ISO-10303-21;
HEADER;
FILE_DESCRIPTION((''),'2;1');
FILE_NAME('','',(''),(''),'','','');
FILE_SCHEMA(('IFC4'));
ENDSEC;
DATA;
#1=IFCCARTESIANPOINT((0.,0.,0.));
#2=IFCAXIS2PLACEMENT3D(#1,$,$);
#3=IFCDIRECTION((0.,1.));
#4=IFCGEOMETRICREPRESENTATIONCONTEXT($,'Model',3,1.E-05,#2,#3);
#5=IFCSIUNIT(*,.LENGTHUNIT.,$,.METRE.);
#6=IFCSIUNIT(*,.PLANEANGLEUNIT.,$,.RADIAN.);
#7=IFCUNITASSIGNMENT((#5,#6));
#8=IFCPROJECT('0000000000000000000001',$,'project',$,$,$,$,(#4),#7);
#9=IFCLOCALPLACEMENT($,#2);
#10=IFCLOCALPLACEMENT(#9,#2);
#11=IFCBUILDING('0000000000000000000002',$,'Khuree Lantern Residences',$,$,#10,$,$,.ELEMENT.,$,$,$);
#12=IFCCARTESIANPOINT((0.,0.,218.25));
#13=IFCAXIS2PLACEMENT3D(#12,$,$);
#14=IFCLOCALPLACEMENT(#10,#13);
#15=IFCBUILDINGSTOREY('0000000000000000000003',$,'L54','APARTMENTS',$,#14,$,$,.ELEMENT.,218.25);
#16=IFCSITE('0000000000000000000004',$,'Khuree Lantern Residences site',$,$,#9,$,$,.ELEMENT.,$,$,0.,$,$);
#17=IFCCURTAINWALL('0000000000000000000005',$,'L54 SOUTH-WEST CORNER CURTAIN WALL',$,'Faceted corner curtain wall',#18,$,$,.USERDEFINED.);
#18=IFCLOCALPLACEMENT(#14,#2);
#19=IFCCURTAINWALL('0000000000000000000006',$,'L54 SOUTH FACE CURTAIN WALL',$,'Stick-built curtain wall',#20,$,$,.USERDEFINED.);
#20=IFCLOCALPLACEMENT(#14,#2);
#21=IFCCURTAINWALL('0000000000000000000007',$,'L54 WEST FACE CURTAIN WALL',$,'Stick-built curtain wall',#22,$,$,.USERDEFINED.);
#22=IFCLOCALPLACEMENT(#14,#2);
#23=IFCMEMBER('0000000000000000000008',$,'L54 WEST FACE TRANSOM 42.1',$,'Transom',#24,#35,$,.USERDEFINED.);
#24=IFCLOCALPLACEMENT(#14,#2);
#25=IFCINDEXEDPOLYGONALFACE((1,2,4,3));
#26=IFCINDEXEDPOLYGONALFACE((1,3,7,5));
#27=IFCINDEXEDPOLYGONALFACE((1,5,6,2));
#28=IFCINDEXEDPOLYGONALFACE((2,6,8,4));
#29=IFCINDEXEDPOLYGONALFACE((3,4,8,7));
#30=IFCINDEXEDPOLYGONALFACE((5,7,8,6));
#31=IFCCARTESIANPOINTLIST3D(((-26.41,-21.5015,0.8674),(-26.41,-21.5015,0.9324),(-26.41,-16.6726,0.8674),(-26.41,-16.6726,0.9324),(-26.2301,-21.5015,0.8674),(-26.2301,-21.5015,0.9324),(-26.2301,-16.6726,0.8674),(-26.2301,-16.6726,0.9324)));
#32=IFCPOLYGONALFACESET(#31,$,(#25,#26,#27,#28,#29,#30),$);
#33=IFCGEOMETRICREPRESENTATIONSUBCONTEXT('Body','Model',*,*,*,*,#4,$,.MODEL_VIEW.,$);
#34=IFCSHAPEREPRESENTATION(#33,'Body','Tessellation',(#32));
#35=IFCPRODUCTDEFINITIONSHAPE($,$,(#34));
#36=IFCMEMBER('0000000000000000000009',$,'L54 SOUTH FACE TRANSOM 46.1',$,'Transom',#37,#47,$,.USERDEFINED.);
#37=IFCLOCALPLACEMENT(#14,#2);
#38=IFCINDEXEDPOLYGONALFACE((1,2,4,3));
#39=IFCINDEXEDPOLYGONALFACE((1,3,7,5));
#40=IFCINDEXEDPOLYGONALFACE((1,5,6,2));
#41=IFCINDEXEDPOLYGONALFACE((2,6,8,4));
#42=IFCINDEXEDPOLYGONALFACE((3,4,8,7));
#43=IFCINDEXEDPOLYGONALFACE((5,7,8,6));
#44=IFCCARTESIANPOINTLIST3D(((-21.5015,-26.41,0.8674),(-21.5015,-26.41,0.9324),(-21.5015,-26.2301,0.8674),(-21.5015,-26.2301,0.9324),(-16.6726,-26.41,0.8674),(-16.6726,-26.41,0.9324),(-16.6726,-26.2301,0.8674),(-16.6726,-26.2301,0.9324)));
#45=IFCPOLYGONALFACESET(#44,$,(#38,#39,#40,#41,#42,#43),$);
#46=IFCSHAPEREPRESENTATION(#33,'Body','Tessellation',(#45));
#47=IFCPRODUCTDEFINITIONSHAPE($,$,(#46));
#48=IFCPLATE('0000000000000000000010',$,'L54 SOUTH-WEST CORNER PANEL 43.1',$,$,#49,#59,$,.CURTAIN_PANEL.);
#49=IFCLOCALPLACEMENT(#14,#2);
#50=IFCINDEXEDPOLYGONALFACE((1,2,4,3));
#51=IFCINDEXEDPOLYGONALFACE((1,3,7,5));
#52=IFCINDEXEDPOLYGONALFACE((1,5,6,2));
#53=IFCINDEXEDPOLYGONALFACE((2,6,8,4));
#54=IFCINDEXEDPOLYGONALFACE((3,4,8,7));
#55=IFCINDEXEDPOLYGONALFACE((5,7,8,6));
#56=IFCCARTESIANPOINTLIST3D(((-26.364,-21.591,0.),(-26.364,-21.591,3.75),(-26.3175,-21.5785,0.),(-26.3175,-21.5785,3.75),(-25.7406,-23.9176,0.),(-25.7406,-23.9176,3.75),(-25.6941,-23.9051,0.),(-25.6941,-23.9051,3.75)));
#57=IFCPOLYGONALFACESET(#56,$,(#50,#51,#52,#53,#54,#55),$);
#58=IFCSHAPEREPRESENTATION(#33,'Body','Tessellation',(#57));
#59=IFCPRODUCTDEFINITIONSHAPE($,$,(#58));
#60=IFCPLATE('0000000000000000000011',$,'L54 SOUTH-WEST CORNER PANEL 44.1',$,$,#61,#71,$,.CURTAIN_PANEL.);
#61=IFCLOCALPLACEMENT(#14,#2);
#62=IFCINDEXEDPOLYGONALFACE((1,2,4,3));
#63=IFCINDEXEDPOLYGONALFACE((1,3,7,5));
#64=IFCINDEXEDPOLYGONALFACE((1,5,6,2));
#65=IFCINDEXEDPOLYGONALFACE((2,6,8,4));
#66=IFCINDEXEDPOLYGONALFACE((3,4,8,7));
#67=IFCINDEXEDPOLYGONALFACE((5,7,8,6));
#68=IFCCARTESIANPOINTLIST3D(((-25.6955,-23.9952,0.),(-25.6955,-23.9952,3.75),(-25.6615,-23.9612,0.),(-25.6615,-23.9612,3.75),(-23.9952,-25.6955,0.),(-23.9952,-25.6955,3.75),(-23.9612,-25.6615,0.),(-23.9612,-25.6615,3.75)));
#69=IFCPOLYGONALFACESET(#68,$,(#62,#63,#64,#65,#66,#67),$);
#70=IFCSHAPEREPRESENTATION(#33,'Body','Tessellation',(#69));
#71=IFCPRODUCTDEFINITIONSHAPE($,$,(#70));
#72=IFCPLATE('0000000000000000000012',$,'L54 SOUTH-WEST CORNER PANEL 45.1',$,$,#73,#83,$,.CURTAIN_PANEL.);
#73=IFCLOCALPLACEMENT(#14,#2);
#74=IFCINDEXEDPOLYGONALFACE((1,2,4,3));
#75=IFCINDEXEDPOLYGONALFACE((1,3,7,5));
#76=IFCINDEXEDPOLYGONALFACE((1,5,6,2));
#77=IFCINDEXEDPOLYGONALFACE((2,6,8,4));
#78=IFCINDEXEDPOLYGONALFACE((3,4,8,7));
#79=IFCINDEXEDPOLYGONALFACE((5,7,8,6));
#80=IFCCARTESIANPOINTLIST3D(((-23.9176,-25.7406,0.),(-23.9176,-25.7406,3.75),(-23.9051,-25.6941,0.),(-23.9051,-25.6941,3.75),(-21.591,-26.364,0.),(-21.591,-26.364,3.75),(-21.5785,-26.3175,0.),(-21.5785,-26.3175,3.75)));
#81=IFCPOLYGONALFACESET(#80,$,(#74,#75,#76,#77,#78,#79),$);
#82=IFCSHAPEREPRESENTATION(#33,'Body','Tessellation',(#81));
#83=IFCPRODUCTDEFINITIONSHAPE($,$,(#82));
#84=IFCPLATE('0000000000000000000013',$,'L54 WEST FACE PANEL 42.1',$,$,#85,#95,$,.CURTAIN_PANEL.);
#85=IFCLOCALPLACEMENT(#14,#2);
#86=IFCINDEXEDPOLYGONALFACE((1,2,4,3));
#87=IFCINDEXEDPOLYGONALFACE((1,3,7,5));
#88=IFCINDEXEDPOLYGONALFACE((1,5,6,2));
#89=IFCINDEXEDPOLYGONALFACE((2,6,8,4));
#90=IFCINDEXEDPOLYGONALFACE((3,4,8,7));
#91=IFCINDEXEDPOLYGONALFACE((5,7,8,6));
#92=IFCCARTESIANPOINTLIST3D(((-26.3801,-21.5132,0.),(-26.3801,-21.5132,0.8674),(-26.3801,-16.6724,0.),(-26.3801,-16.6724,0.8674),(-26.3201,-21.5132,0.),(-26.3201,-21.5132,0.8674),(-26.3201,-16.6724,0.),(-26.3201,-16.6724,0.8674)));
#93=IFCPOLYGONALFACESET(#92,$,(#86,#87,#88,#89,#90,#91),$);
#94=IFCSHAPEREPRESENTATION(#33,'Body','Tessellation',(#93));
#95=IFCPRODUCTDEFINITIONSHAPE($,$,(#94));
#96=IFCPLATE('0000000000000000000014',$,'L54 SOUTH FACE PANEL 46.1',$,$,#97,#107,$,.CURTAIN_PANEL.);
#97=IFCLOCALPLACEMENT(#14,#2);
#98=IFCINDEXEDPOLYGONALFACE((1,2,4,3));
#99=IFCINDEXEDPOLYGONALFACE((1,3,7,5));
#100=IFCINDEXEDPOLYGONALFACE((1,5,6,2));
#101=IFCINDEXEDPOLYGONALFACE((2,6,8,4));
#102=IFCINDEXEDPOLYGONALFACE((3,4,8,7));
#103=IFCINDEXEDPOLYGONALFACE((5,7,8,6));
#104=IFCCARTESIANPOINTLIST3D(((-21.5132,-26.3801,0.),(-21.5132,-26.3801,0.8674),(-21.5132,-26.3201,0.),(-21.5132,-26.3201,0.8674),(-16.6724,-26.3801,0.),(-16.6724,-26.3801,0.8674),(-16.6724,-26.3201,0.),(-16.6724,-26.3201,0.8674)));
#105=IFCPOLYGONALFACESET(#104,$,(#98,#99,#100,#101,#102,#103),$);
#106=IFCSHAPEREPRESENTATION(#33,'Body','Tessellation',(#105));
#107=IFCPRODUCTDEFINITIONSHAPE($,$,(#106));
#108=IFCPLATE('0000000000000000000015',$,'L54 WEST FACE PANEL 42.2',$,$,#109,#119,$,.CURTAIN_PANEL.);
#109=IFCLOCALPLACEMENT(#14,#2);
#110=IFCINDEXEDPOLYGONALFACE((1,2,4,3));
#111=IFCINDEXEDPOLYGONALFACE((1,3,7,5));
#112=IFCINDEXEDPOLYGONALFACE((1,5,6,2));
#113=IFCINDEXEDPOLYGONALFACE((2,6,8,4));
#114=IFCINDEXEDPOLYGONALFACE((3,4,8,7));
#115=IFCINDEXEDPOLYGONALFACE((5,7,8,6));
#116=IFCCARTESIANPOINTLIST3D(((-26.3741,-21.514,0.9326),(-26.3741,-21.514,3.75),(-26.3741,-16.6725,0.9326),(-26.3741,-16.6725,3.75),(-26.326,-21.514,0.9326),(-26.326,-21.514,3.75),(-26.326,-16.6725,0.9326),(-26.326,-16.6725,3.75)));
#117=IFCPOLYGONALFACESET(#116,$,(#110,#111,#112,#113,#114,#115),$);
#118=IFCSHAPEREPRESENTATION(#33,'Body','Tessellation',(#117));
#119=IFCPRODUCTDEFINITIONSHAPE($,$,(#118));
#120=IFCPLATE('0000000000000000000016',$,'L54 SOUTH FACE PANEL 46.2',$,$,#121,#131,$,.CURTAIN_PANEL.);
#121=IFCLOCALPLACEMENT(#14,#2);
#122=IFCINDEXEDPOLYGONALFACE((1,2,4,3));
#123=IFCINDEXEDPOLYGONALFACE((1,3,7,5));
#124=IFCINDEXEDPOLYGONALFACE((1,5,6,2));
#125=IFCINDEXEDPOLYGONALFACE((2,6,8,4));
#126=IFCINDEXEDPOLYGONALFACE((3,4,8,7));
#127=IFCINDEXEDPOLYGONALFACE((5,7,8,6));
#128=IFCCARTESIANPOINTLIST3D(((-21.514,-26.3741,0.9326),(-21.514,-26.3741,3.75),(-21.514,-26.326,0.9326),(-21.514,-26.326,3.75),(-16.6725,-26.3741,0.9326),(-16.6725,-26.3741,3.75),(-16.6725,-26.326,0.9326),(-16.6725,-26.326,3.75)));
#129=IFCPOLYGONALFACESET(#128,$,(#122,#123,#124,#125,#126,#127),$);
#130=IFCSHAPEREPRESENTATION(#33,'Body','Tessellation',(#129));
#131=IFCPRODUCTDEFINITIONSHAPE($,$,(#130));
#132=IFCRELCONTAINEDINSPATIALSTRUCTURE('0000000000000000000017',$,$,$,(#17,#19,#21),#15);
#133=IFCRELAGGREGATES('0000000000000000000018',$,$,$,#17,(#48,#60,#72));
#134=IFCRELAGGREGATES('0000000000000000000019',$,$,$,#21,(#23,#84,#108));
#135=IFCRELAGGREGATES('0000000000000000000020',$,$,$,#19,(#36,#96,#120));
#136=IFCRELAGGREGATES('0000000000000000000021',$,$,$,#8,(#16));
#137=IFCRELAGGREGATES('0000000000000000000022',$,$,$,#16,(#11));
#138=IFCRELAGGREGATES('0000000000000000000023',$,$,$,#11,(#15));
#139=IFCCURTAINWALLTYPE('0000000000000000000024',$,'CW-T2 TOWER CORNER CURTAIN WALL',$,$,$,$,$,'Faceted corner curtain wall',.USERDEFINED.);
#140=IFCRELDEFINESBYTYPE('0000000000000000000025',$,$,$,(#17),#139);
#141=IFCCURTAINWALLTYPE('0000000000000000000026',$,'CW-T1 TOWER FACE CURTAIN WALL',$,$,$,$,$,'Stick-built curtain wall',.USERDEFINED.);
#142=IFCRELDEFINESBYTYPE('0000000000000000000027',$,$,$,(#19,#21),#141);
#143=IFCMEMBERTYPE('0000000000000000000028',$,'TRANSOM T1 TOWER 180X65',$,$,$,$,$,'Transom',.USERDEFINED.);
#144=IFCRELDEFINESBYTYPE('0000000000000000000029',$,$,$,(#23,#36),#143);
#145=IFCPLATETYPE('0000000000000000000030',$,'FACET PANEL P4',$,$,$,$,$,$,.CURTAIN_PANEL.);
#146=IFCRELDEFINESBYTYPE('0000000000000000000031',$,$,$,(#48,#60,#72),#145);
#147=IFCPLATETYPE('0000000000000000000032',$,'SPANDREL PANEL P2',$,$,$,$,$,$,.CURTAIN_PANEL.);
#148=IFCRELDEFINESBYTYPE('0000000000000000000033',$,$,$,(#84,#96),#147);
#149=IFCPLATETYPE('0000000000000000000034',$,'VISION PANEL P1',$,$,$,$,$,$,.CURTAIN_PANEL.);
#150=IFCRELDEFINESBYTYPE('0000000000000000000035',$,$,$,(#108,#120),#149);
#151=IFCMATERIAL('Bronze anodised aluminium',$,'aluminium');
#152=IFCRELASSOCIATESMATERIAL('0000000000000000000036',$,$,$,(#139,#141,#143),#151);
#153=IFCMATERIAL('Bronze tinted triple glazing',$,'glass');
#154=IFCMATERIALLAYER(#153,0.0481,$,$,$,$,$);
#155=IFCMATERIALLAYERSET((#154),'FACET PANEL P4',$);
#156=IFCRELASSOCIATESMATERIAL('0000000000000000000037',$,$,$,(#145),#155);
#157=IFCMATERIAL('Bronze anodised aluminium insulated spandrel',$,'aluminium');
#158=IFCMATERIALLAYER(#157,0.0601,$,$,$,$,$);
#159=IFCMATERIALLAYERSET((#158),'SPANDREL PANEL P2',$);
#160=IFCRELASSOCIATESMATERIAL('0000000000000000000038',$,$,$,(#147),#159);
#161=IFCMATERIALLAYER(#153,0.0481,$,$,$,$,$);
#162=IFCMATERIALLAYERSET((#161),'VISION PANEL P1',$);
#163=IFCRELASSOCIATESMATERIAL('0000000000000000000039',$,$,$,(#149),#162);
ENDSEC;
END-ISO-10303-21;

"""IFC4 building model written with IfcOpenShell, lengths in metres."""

from ifc_helpers import new_model, si_unit, direction, frame, origin, origin_2d, place, context, subcontext, project, spatial, rectangle, extrude, material, layer, layer_set, material_profile, profile_set, type_object, element, aggregate, save


model = new_model("IFC4")

# Units and contexts
model_context = context("Model", 3, precision=1e-05, world=origin(), true_north=direction((0.0, 1.0)))
body_context = subcontext(model_context, "Body", "Model", "MODEL_VIEW")
ifc_project = project(units=[si_unit("LENGTHUNIT", "METRE"), si_unit("PLANEANGLEUNIT", "RADIAN")], contexts=[model_context])

# Site, building, storey
site_placement = place(None, origin())
site = spatial("IfcSite", under=ifc_project, at=site_placement, Name="Khuree Lantern Residences site", CompositionType="ELEMENT", RefElevation=0.0)
building_placement = place(site_placement, origin())
building = spatial("IfcBuilding", under=site, at=building_placement, Name="Khuree Lantern Residences", CompositionType="ELEMENT")
storey_placement = place(building_placement, frame((0.0, 0.0, 218.25)))
storey = spatial("IfcBuildingStorey", under=building, at=storey_placement, Name="L54", Description="APARTMENTS", CompositionType="ELEMENT", Elevation=218.25)

# Curtain walls
ifc_material_1 = material(Name="Bronze anodised aluminium", Category="aluminium")
curtain_wall_type_1 = type_object("IfcCurtainWallType", Name="CW-T2 TOWER CORNER CURTAIN WALL", ElementType="Faceted corner curtain wall", PredefinedType="USERDEFINED", material=ifc_material_1)
curtain_wall_1_placement = place(storey_placement, origin())
curtain_wall_1 = element("IfcCurtainWall", 1, at=curtain_wall_1_placement, inside=storey, type_object=curtain_wall_type_1, Name="L54 SOUTH-WEST CORNER CURTAIN WALL", ObjectType="Faceted corner curtain wall", PredefinedType="USERDEFINED")
curtain_wall_type_2 = type_object("IfcCurtainWallType", Name="CW-T1 TOWER FACE CURTAIN WALL", ElementType="Stick-built curtain wall", PredefinedType="USERDEFINED", material=ifc_material_1)
curtain_wall_2_placement = place(storey_placement, origin())
curtain_wall_2 = element("IfcCurtainWall", 2, at=curtain_wall_2_placement, inside=storey, type_object=curtain_wall_type_2, Name="L54 SOUTH FACE CURTAIN WALL", ObjectType="Stick-built curtain wall", PredefinedType="USERDEFINED")

# Curtain wall
curtain_wall_3_placement = place(storey_placement, origin())
curtain_wall_3 = element("IfcCurtainWall", 3, at=curtain_wall_3_placement, inside=storey, type_object=curtain_wall_type_2, Name="L54 WEST FACE CURTAIN WALL", ObjectType="Stick-built curtain wall", PredefinedType="USERDEFINED")

# Members
ifc_material_profile_1 = material_profile(ifc_material_1, rectangle(XDim=0.1799, YDim=0.0649, at=origin_2d()), Name="T1 180X65")
ifc_profile_set_1 = profile_set([ifc_material_profile_1], Name="Bronze anodised aluminium")
member_type_1 = type_object("IfcMemberType", Name="TRANSOM T1 TOWER 180X65", ElementType="Transom", PredefinedType="USERDEFINED", material=ifc_profile_set_1)
member_1_placement = place(storey_placement, frame((-26.3201, -16.6726, 0.8999), z_axis=(0.0, -1.0, 0.0), x_axis=(1.0, 0.0, 0.0)))
member_1 = element("IfcMember", 4, at=member_1_placement, type_object=member_type_1, Name="L54 WEST FACE TRANSOM 42.1", ObjectType="Transom", PredefinedType="USERDEFINED", context=body_context, shape_type="SweptSolid", body=[
    extrude(rectangle(XDim=0.1799, YDim=0.0649, at=origin_2d()), origin(), (0.0, 0.0, 1.0), 4.8289),
])
member_2_placement = place(storey_placement, frame((-21.5015, -26.3201, 0.8999), z_axis=(1.0, 0.0, 0.0), x_axis=(0.0, 1.0, 0.0)))
member_2 = element("IfcMember", 5, at=member_2_placement, type_object=member_type_1, Name="L54 SOUTH FACE TRANSOM 46.1", ObjectType="Transom", PredefinedType="USERDEFINED", context=body_context, shape_type="SweptSolid", body=[
    extrude(rectangle(XDim=0.1799, YDim=0.0649, at=origin_2d()), origin(), (0.0, 0.0, 1.0), 4.8289),
])

# Plates
ifc_material_2 = material(Name="Bronze tinted triple glazing", Category="glass")
ifc_layer_1 = layer(ifc_material_2, 0.0481)
ifc_layer_set_1 = layer_set([ifc_layer_1], Name="FACET PANEL P4")
plate_type_1 = type_object("IfcPlateType", Name="FACET PANEL P4", PredefinedType="CURTAIN_PANEL", material=ifc_layer_set_1)
plate_1_placement = place(storey_placement, frame((-26.0291, -22.748, 0.0), z_axis=(0.0, 0.0, 1.0), x_axis=(0.258819, -0.965926, 0.0)))
plate_1 = element("IfcPlate", 6, at=plate_1_placement, type_object=plate_type_1, Name="L54 SOUTH-WEST CORNER PANEL 43.1", PredefinedType="CURTAIN_PANEL", context=body_context, shape_type="SweptSolid", body=[
    extrude(rectangle(XDim=2.4087, YDim=0.0481, at=origin_2d()), origin(), (0.0, 0.0, 1.0), 3.75),
])
plate_2_placement = place(storey_placement, frame((-24.8284, -24.8284, 0.0), z_axis=(0.0, 0.0, 1.0), x_axis=(0.707107, -0.707107, 0.0)))
plate_2 = element("IfcPlate", 7, at=plate_2_placement, type_object=plate_type_1, Name="L54 SOUTH-WEST CORNER PANEL 44.1", PredefinedType="CURTAIN_PANEL", context=body_context, shape_type="SweptSolid", body=[
    extrude(rectangle(XDim=2.4045, YDim=0.0481, at=origin_2d()), origin(), (0.0, 0.0, 1.0), 3.75),
])
plate_3_placement = place(storey_placement, frame((-22.748, -26.0291, 0.0), z_axis=(0.0, 0.0, 1.0), x_axis=(0.965926, -0.258819, 0.0)))
plate_3 = element("IfcPlate", 8, at=plate_3_placement, type_object=plate_type_1, Name="L54 SOUTH-WEST CORNER PANEL 45.1", PredefinedType="CURTAIN_PANEL", context=body_context, shape_type="SweptSolid", body=[
    extrude(rectangle(XDim=2.4087, YDim=0.0481, at=origin_2d()), origin(), (0.0, 0.0, 1.0), 3.75),
])
aggregate(curtain_wall_1, [plate_1, plate_2, plate_3])
ifc_material_3 = material(Name="Bronze anodised aluminium insulated spandrel", Category="aluminium")
ifc_layer_2 = layer(ifc_material_3, 0.0601)
ifc_layer_set_2 = layer_set([ifc_layer_2], Name="SPANDREL PANEL P2")
plate_type_2 = type_object("IfcPlateType", Name="SPANDREL PANEL P2", PredefinedType="CURTAIN_PANEL", material=ifc_layer_set_2)
plate_4_placement = place(storey_placement, frame((-26.3501, -19.0928, 0.0), z_axis=(0.0, 0.0, 1.0), x_axis=(0.0, -1.0, 0.0)))
plate_4 = element("IfcPlate", 9, at=plate_4_placement, type_object=plate_type_2, Name="L54 WEST FACE PANEL 42.1", PredefinedType="CURTAIN_PANEL", context=body_context, shape_type="SweptSolid", body=[
    extrude(rectangle(XDim=4.8408, YDim=0.0601, at=origin_2d()), origin(), (0.0, 0.0, 1.0), 0.8674),
])
plate_5_placement = place(storey_placement, frame((-19.0928, -26.3501, 0.0), z_axis=(0.0, 0.0, 1.0), x_axis=(1.0, 0.0, 0.0)))
plate_5 = element("IfcPlate", 10, at=plate_5_placement, type_object=plate_type_2, Name="L54 SOUTH FACE PANEL 46.1", PredefinedType="CURTAIN_PANEL", context=body_context, shape_type="SweptSolid", body=[
    extrude(rectangle(XDim=4.8408, YDim=0.0601, at=origin_2d()), origin(), (0.0, 0.0, 1.0), 0.8674),
])
ifc_layer_3 = layer(ifc_material_2, 0.0481)
ifc_layer_set_3 = layer_set([ifc_layer_3], Name="VISION PANEL P1")
plate_type_3 = type_object("IfcPlateType", Name="VISION PANEL P1", PredefinedType="CURTAIN_PANEL", material=ifc_layer_set_3)
plate_6_placement = place(storey_placement, frame((-26.3501, -19.0933, 0.9326), z_axis=(0.0, 0.0, 1.0), x_axis=(0.0, -1.0, 0.0)))
plate_6 = element("IfcPlate", 11, at=plate_6_placement, type_object=plate_type_3, Name="L54 WEST FACE PANEL 42.2", PredefinedType="CURTAIN_PANEL", context=body_context, shape_type="SweptSolid", body=[
    extrude(rectangle(XDim=4.8416, YDim=0.0481, at=origin_2d()), origin(), (0.0, 0.0, 1.0), 2.8174),
])
aggregate(curtain_wall_3, [member_1, plate_4, plate_6])
plate_7_placement = place(storey_placement, frame((-19.0933, -26.3501, 0.9326), z_axis=(0.0, 0.0, 1.0), x_axis=(1.0, 0.0, 0.0)))
plate_7 = element("IfcPlate", 12, at=plate_7_placement, type_object=plate_type_3, Name="L54 SOUTH FACE PANEL 46.2", PredefinedType="CURTAIN_PANEL", context=body_context, shape_type="SweptSolid", body=[
    extrude(rectangle(XDim=4.8416, YDim=0.0481, at=origin_2d()), origin(), (0.0, 0.0, 1.0), 2.8174),
])
aggregate(curtain_wall_2, [member_2, plate_5, plate_7])

save(model, "model.ifc")
